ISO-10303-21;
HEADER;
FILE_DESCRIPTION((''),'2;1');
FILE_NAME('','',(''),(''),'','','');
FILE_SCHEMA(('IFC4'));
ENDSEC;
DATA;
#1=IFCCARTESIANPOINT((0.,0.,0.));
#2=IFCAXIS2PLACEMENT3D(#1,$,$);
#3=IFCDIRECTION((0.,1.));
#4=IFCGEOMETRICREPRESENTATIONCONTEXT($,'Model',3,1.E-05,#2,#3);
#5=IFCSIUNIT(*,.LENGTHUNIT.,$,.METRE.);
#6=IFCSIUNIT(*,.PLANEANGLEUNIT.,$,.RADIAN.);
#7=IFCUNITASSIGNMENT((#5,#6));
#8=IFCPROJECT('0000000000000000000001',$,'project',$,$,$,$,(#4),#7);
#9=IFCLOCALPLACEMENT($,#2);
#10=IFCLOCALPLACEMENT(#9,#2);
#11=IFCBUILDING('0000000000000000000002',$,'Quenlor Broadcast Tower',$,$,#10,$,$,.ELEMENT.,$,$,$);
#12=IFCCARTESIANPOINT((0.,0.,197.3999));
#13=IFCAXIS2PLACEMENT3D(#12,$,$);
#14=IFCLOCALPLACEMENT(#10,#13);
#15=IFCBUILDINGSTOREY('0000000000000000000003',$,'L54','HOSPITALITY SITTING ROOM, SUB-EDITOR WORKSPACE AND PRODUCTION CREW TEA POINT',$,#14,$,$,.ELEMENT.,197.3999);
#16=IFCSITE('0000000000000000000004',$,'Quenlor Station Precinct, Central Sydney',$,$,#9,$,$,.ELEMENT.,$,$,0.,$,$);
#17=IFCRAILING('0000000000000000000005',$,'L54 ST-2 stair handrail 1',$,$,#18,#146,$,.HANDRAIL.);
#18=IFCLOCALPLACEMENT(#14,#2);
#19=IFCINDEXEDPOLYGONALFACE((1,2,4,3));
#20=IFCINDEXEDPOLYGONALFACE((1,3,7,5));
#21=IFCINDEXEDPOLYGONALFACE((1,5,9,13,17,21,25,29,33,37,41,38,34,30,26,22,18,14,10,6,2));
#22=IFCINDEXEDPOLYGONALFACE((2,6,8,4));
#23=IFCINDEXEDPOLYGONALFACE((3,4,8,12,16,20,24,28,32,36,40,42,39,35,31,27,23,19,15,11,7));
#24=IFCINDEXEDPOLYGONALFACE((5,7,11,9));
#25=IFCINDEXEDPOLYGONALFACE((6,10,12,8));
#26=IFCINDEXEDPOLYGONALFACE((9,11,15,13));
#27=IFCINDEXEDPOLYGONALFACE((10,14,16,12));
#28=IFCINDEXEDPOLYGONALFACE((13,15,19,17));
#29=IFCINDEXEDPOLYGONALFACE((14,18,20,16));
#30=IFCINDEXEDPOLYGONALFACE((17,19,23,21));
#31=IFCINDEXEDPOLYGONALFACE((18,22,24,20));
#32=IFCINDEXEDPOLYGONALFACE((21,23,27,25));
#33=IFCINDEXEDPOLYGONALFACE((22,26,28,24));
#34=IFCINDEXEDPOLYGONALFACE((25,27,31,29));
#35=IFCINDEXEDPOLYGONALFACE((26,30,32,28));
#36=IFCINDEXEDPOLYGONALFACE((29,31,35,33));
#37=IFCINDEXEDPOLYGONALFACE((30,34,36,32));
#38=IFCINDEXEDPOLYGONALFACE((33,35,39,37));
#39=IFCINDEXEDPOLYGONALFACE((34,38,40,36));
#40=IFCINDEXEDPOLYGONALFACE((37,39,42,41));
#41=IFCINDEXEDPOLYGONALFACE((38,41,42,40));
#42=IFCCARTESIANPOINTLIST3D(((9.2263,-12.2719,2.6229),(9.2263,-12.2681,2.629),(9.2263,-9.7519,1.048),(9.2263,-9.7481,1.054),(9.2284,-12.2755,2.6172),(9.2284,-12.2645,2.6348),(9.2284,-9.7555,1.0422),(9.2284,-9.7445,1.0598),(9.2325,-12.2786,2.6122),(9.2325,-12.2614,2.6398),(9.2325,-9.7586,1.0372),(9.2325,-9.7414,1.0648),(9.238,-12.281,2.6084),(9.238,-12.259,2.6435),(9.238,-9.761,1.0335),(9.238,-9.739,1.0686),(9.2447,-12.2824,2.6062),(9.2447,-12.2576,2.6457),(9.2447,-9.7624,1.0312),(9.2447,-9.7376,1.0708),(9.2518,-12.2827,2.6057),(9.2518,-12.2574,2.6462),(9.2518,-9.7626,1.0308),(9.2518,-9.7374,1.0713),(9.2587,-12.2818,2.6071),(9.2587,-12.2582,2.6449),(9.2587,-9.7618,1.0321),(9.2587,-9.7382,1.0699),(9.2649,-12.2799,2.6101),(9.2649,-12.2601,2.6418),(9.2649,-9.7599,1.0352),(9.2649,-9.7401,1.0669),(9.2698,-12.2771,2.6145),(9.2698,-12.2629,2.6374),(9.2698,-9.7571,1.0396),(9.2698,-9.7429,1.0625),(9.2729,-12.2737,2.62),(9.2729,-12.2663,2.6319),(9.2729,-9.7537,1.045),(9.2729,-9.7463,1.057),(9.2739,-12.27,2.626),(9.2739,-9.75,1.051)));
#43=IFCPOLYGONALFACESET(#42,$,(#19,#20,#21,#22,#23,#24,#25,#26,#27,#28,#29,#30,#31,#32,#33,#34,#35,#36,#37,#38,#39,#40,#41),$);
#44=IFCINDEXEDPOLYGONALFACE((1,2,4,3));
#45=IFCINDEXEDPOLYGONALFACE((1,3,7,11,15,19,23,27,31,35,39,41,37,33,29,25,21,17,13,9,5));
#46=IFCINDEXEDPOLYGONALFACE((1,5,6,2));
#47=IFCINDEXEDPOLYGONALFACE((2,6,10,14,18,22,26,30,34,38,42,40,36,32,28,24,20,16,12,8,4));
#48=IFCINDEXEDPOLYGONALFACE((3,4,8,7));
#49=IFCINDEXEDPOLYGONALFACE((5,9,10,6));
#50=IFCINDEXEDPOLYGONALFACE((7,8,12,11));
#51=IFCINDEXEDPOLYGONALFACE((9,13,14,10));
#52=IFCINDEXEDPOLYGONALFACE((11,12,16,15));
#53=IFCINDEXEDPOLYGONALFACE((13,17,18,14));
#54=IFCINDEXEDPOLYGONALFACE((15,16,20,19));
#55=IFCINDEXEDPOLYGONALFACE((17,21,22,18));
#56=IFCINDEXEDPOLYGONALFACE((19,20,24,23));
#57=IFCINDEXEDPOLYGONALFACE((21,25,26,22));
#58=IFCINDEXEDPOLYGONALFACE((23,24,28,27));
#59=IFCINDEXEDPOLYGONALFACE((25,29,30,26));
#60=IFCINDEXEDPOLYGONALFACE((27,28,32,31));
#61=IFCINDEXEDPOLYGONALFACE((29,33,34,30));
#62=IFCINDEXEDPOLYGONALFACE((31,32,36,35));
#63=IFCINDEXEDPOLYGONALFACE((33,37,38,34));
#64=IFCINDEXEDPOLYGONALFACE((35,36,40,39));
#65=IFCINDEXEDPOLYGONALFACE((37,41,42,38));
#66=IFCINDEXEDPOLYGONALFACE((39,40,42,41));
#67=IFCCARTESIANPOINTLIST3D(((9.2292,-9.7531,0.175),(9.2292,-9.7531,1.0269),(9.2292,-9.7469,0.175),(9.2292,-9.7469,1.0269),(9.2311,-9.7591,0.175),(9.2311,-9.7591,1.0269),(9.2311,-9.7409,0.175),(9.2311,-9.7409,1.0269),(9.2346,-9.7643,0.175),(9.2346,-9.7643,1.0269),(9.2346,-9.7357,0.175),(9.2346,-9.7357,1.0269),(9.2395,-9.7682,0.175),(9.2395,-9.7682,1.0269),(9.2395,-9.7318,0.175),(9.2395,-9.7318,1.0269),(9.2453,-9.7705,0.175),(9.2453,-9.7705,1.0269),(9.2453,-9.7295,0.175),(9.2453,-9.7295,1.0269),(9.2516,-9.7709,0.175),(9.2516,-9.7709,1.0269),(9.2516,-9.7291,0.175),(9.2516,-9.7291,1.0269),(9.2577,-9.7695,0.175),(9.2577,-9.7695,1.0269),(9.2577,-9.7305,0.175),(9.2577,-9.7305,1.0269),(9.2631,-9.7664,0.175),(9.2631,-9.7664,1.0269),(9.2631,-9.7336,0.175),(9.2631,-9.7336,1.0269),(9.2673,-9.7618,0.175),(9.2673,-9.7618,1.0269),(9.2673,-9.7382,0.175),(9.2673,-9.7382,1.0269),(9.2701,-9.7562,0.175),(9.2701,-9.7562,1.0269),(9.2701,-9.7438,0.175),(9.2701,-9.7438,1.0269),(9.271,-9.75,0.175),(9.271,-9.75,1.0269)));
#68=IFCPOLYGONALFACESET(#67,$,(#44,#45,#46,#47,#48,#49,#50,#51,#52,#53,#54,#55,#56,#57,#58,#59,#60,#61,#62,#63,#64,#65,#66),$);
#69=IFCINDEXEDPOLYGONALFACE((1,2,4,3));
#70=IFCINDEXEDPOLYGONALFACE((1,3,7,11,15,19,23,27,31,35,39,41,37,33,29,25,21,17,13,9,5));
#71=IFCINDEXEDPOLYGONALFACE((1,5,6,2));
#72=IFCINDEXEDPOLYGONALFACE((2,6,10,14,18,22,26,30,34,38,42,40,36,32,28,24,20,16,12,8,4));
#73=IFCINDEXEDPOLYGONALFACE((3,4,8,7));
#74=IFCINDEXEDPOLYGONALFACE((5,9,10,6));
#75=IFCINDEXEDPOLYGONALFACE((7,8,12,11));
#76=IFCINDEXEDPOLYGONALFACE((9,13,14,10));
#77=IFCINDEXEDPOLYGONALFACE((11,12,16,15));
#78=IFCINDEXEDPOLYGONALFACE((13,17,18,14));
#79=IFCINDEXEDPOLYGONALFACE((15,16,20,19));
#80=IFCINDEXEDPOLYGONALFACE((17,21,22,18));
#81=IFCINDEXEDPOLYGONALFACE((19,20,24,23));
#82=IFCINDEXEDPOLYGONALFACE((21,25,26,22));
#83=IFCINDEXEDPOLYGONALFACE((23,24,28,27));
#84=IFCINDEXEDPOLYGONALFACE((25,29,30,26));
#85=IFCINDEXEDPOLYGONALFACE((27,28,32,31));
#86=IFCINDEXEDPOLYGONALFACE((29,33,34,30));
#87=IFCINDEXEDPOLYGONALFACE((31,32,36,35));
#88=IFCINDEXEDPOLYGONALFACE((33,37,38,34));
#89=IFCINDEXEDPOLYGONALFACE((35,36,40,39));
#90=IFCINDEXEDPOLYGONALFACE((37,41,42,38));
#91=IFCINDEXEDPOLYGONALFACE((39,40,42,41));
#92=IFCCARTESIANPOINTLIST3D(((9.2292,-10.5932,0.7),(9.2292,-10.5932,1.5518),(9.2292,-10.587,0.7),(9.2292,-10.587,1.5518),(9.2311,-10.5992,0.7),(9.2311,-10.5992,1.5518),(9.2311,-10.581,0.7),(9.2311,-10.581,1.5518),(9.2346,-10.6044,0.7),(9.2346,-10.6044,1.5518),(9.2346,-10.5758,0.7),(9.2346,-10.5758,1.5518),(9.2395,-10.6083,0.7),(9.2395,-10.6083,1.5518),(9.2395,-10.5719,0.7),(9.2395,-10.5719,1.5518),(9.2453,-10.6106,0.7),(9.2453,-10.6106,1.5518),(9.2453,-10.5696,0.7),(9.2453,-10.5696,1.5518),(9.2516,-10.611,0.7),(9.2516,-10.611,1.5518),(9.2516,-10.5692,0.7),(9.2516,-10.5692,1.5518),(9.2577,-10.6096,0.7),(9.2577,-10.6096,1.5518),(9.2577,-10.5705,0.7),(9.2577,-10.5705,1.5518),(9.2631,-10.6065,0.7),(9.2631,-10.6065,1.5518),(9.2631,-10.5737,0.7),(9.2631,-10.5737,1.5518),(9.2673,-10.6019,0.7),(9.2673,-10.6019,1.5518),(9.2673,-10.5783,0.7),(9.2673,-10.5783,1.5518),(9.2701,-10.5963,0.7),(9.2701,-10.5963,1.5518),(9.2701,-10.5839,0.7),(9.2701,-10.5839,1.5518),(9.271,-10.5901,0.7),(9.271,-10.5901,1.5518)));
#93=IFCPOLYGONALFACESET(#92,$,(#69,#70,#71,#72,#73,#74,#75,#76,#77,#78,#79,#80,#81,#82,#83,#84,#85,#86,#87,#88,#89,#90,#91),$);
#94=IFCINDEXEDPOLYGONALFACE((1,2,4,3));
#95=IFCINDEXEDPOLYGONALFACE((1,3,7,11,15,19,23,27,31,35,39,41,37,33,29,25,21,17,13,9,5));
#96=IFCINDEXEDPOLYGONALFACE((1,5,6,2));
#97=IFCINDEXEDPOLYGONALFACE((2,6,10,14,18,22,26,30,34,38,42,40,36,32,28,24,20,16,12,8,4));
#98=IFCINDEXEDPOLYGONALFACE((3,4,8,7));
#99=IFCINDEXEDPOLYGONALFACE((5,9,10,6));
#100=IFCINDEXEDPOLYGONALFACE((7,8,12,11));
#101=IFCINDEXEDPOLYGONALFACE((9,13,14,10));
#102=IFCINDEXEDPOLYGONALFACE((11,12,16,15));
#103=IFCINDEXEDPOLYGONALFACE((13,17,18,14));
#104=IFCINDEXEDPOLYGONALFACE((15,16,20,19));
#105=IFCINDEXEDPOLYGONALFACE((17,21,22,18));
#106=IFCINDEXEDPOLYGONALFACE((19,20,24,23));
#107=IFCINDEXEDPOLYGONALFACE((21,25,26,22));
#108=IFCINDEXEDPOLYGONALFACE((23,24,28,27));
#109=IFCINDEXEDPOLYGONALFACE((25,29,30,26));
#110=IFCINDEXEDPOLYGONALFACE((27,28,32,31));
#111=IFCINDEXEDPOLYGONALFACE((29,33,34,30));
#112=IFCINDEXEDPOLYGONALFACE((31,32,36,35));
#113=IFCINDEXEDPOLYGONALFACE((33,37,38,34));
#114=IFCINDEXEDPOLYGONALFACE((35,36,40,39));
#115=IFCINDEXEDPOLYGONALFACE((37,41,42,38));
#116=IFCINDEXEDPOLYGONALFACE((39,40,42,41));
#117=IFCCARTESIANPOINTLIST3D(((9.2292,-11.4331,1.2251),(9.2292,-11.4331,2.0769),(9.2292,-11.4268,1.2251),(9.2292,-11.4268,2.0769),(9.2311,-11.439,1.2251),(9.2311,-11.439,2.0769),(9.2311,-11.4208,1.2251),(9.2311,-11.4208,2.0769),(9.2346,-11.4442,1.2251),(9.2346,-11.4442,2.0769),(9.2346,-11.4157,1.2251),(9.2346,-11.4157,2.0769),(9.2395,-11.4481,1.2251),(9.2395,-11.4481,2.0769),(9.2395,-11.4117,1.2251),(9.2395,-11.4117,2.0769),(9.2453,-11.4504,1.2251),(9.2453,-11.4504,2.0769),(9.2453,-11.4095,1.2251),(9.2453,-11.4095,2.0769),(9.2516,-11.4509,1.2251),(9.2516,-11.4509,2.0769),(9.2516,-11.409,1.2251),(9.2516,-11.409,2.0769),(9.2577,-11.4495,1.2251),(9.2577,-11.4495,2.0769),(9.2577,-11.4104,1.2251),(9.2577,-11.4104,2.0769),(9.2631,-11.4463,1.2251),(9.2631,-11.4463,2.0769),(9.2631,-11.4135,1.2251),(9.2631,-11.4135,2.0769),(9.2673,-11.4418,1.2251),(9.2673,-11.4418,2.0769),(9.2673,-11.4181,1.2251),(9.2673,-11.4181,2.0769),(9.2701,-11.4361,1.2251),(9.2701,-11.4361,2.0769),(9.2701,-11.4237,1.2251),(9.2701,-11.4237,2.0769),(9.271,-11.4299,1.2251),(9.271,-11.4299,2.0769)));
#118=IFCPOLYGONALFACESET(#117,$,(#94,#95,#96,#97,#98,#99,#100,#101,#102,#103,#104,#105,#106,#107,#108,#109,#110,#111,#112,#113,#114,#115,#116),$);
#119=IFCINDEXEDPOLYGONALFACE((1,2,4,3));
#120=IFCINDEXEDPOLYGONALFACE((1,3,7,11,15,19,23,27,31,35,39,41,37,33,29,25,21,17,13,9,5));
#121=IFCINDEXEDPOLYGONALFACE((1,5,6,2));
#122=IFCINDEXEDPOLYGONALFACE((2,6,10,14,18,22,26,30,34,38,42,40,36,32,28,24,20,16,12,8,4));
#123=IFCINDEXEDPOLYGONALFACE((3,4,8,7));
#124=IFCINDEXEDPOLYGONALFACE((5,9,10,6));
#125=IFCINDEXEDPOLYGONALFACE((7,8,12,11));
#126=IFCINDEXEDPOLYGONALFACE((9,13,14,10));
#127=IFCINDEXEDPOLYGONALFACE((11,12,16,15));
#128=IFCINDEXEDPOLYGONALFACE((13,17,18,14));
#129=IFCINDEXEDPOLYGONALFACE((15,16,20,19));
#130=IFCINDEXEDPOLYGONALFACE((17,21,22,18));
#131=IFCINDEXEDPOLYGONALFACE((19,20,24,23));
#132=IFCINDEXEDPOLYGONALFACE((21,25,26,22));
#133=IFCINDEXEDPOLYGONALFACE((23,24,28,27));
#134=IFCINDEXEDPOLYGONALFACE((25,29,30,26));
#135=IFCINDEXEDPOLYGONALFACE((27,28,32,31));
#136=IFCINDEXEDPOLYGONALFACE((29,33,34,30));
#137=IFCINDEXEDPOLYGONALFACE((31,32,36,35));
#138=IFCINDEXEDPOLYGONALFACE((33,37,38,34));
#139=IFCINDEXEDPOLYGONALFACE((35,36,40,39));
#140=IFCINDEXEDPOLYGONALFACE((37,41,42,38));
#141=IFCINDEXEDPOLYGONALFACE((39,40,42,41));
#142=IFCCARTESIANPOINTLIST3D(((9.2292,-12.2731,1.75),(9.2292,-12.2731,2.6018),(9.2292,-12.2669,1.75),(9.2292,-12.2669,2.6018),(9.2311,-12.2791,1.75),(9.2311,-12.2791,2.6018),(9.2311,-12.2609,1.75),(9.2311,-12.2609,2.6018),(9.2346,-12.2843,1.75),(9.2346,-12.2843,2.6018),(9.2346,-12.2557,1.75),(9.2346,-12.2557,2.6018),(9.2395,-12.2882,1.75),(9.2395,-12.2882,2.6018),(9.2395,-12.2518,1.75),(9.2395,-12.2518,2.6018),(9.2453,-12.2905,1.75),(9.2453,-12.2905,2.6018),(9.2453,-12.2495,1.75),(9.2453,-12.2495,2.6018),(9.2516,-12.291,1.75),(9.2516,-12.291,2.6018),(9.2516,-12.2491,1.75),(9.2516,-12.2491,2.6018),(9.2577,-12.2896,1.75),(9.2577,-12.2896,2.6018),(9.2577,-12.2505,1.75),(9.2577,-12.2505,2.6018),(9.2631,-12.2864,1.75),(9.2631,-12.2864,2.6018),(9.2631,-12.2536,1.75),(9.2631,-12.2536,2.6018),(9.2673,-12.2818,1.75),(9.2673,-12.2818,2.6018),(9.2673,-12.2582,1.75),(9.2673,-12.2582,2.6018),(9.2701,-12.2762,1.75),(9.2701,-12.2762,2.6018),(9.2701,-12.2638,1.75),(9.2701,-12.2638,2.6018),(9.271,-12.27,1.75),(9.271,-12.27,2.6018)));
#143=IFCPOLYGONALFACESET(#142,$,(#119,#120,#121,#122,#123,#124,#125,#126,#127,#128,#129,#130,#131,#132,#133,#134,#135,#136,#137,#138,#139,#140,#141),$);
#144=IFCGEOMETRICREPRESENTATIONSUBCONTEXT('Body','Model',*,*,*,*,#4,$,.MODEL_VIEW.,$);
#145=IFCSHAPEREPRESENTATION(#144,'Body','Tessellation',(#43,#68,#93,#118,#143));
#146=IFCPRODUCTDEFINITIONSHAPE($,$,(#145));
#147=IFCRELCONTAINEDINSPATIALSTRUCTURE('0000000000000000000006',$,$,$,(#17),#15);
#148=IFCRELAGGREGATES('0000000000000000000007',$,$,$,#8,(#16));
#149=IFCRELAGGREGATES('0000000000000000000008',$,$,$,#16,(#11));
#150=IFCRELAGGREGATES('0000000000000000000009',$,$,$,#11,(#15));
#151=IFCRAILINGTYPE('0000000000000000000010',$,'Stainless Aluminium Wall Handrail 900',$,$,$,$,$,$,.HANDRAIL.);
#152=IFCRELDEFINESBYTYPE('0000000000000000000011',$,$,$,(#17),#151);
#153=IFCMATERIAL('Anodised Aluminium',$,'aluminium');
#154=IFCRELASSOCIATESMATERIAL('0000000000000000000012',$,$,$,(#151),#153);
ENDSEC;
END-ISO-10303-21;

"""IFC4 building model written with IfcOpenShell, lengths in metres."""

from ifc_helpers import new_model, si_unit, direction, frame, origin, origin_2d, place, context, subcontext, project, spatial, circle, extrude, material, type_object, element, save


model = new_model("IFC4")

# Units and contexts
model_context = context("Model", 3, precision=1e-05, world=origin(), true_north=direction((0.0, 1.0)))
body_context = subcontext(model_context, "Body", "Model", "MODEL_VIEW")
ifc_project = project(units=[si_unit("LENGTHUNIT", "METRE"), si_unit("PLANEANGLEUNIT", "RADIAN")], contexts=[model_context])

# Site, building, storey
site_placement = place(None, origin())
site = spatial("IfcSite", under=ifc_project, at=site_placement, Name="Quenlor Station Precinct, Central Sydney", CompositionType="ELEMENT", RefElevation=0.0)
building_placement = place(site_placement, origin())
building = spatial("IfcBuilding", under=site, at=building_placement, Name="Quenlor Broadcast Tower", CompositionType="ELEMENT")
storey_placement = place(building_placement, frame((0.0, 0.0, 197.3999)))
storey = spatial("IfcBuildingStorey", under=building, at=storey_placement, Name="L54", Description="HOSPITALITY SITTING ROOM, SUB-EDITOR WORKSPACE AND PRODUCTION CREW TEA POINT", CompositionType="ELEMENT", Elevation=197.3999)

# Railing
ifc_material_1 = material(Name="Anodised Aluminium", Category="aluminium")
railing_type_1 = type_object("IfcRailingType", Name="Stainless Aluminium Wall Handrail 900", PredefinedType="HANDRAIL", material=ifc_material_1)
railing_1_placement = place(storey_placement, frame((9.25, -9.75, 0.175)))
element("IfcRailing", 1, at=railing_1_placement, inside=storey, type_object=railing_type_1, Name="L54 ST-2 stair handrail 1", PredefinedType="HANDRAIL", context=body_context, shape_type="SweptSolid", body=[
    extrude(circle(Radius=0.0239, at=origin_2d()), frame((0.0, 0.0, 0.876), z_axis=(0.0, -0.848008, 0.529984), x_axis=(1.0, 0.0, 0.0)), (0.0, 0.0, 1.0), 2.9717),
    extrude(circle(Radius=0.021, at=origin_2d()), origin(), (0.0, 0.0, 1.0), 0.8518),
    extrude(circle(Radius=0.021, at=origin_2d()), frame((0.0, -0.8401, 0.5249)), (0.0, 0.0, 1.0), 0.8518),
    extrude(circle(Radius=0.021, at=origin_2d()), frame((0.0, -1.6799, 1.05)), (0.0, 0.0, 1.0), 0.8518),
    extrude(circle(Radius=0.021, at=origin_2d()), frame((0.0, -2.52, 1.575)), (0.0, 0.0, 1.0), 0.8518),
])

save(model, "model.ifc")
